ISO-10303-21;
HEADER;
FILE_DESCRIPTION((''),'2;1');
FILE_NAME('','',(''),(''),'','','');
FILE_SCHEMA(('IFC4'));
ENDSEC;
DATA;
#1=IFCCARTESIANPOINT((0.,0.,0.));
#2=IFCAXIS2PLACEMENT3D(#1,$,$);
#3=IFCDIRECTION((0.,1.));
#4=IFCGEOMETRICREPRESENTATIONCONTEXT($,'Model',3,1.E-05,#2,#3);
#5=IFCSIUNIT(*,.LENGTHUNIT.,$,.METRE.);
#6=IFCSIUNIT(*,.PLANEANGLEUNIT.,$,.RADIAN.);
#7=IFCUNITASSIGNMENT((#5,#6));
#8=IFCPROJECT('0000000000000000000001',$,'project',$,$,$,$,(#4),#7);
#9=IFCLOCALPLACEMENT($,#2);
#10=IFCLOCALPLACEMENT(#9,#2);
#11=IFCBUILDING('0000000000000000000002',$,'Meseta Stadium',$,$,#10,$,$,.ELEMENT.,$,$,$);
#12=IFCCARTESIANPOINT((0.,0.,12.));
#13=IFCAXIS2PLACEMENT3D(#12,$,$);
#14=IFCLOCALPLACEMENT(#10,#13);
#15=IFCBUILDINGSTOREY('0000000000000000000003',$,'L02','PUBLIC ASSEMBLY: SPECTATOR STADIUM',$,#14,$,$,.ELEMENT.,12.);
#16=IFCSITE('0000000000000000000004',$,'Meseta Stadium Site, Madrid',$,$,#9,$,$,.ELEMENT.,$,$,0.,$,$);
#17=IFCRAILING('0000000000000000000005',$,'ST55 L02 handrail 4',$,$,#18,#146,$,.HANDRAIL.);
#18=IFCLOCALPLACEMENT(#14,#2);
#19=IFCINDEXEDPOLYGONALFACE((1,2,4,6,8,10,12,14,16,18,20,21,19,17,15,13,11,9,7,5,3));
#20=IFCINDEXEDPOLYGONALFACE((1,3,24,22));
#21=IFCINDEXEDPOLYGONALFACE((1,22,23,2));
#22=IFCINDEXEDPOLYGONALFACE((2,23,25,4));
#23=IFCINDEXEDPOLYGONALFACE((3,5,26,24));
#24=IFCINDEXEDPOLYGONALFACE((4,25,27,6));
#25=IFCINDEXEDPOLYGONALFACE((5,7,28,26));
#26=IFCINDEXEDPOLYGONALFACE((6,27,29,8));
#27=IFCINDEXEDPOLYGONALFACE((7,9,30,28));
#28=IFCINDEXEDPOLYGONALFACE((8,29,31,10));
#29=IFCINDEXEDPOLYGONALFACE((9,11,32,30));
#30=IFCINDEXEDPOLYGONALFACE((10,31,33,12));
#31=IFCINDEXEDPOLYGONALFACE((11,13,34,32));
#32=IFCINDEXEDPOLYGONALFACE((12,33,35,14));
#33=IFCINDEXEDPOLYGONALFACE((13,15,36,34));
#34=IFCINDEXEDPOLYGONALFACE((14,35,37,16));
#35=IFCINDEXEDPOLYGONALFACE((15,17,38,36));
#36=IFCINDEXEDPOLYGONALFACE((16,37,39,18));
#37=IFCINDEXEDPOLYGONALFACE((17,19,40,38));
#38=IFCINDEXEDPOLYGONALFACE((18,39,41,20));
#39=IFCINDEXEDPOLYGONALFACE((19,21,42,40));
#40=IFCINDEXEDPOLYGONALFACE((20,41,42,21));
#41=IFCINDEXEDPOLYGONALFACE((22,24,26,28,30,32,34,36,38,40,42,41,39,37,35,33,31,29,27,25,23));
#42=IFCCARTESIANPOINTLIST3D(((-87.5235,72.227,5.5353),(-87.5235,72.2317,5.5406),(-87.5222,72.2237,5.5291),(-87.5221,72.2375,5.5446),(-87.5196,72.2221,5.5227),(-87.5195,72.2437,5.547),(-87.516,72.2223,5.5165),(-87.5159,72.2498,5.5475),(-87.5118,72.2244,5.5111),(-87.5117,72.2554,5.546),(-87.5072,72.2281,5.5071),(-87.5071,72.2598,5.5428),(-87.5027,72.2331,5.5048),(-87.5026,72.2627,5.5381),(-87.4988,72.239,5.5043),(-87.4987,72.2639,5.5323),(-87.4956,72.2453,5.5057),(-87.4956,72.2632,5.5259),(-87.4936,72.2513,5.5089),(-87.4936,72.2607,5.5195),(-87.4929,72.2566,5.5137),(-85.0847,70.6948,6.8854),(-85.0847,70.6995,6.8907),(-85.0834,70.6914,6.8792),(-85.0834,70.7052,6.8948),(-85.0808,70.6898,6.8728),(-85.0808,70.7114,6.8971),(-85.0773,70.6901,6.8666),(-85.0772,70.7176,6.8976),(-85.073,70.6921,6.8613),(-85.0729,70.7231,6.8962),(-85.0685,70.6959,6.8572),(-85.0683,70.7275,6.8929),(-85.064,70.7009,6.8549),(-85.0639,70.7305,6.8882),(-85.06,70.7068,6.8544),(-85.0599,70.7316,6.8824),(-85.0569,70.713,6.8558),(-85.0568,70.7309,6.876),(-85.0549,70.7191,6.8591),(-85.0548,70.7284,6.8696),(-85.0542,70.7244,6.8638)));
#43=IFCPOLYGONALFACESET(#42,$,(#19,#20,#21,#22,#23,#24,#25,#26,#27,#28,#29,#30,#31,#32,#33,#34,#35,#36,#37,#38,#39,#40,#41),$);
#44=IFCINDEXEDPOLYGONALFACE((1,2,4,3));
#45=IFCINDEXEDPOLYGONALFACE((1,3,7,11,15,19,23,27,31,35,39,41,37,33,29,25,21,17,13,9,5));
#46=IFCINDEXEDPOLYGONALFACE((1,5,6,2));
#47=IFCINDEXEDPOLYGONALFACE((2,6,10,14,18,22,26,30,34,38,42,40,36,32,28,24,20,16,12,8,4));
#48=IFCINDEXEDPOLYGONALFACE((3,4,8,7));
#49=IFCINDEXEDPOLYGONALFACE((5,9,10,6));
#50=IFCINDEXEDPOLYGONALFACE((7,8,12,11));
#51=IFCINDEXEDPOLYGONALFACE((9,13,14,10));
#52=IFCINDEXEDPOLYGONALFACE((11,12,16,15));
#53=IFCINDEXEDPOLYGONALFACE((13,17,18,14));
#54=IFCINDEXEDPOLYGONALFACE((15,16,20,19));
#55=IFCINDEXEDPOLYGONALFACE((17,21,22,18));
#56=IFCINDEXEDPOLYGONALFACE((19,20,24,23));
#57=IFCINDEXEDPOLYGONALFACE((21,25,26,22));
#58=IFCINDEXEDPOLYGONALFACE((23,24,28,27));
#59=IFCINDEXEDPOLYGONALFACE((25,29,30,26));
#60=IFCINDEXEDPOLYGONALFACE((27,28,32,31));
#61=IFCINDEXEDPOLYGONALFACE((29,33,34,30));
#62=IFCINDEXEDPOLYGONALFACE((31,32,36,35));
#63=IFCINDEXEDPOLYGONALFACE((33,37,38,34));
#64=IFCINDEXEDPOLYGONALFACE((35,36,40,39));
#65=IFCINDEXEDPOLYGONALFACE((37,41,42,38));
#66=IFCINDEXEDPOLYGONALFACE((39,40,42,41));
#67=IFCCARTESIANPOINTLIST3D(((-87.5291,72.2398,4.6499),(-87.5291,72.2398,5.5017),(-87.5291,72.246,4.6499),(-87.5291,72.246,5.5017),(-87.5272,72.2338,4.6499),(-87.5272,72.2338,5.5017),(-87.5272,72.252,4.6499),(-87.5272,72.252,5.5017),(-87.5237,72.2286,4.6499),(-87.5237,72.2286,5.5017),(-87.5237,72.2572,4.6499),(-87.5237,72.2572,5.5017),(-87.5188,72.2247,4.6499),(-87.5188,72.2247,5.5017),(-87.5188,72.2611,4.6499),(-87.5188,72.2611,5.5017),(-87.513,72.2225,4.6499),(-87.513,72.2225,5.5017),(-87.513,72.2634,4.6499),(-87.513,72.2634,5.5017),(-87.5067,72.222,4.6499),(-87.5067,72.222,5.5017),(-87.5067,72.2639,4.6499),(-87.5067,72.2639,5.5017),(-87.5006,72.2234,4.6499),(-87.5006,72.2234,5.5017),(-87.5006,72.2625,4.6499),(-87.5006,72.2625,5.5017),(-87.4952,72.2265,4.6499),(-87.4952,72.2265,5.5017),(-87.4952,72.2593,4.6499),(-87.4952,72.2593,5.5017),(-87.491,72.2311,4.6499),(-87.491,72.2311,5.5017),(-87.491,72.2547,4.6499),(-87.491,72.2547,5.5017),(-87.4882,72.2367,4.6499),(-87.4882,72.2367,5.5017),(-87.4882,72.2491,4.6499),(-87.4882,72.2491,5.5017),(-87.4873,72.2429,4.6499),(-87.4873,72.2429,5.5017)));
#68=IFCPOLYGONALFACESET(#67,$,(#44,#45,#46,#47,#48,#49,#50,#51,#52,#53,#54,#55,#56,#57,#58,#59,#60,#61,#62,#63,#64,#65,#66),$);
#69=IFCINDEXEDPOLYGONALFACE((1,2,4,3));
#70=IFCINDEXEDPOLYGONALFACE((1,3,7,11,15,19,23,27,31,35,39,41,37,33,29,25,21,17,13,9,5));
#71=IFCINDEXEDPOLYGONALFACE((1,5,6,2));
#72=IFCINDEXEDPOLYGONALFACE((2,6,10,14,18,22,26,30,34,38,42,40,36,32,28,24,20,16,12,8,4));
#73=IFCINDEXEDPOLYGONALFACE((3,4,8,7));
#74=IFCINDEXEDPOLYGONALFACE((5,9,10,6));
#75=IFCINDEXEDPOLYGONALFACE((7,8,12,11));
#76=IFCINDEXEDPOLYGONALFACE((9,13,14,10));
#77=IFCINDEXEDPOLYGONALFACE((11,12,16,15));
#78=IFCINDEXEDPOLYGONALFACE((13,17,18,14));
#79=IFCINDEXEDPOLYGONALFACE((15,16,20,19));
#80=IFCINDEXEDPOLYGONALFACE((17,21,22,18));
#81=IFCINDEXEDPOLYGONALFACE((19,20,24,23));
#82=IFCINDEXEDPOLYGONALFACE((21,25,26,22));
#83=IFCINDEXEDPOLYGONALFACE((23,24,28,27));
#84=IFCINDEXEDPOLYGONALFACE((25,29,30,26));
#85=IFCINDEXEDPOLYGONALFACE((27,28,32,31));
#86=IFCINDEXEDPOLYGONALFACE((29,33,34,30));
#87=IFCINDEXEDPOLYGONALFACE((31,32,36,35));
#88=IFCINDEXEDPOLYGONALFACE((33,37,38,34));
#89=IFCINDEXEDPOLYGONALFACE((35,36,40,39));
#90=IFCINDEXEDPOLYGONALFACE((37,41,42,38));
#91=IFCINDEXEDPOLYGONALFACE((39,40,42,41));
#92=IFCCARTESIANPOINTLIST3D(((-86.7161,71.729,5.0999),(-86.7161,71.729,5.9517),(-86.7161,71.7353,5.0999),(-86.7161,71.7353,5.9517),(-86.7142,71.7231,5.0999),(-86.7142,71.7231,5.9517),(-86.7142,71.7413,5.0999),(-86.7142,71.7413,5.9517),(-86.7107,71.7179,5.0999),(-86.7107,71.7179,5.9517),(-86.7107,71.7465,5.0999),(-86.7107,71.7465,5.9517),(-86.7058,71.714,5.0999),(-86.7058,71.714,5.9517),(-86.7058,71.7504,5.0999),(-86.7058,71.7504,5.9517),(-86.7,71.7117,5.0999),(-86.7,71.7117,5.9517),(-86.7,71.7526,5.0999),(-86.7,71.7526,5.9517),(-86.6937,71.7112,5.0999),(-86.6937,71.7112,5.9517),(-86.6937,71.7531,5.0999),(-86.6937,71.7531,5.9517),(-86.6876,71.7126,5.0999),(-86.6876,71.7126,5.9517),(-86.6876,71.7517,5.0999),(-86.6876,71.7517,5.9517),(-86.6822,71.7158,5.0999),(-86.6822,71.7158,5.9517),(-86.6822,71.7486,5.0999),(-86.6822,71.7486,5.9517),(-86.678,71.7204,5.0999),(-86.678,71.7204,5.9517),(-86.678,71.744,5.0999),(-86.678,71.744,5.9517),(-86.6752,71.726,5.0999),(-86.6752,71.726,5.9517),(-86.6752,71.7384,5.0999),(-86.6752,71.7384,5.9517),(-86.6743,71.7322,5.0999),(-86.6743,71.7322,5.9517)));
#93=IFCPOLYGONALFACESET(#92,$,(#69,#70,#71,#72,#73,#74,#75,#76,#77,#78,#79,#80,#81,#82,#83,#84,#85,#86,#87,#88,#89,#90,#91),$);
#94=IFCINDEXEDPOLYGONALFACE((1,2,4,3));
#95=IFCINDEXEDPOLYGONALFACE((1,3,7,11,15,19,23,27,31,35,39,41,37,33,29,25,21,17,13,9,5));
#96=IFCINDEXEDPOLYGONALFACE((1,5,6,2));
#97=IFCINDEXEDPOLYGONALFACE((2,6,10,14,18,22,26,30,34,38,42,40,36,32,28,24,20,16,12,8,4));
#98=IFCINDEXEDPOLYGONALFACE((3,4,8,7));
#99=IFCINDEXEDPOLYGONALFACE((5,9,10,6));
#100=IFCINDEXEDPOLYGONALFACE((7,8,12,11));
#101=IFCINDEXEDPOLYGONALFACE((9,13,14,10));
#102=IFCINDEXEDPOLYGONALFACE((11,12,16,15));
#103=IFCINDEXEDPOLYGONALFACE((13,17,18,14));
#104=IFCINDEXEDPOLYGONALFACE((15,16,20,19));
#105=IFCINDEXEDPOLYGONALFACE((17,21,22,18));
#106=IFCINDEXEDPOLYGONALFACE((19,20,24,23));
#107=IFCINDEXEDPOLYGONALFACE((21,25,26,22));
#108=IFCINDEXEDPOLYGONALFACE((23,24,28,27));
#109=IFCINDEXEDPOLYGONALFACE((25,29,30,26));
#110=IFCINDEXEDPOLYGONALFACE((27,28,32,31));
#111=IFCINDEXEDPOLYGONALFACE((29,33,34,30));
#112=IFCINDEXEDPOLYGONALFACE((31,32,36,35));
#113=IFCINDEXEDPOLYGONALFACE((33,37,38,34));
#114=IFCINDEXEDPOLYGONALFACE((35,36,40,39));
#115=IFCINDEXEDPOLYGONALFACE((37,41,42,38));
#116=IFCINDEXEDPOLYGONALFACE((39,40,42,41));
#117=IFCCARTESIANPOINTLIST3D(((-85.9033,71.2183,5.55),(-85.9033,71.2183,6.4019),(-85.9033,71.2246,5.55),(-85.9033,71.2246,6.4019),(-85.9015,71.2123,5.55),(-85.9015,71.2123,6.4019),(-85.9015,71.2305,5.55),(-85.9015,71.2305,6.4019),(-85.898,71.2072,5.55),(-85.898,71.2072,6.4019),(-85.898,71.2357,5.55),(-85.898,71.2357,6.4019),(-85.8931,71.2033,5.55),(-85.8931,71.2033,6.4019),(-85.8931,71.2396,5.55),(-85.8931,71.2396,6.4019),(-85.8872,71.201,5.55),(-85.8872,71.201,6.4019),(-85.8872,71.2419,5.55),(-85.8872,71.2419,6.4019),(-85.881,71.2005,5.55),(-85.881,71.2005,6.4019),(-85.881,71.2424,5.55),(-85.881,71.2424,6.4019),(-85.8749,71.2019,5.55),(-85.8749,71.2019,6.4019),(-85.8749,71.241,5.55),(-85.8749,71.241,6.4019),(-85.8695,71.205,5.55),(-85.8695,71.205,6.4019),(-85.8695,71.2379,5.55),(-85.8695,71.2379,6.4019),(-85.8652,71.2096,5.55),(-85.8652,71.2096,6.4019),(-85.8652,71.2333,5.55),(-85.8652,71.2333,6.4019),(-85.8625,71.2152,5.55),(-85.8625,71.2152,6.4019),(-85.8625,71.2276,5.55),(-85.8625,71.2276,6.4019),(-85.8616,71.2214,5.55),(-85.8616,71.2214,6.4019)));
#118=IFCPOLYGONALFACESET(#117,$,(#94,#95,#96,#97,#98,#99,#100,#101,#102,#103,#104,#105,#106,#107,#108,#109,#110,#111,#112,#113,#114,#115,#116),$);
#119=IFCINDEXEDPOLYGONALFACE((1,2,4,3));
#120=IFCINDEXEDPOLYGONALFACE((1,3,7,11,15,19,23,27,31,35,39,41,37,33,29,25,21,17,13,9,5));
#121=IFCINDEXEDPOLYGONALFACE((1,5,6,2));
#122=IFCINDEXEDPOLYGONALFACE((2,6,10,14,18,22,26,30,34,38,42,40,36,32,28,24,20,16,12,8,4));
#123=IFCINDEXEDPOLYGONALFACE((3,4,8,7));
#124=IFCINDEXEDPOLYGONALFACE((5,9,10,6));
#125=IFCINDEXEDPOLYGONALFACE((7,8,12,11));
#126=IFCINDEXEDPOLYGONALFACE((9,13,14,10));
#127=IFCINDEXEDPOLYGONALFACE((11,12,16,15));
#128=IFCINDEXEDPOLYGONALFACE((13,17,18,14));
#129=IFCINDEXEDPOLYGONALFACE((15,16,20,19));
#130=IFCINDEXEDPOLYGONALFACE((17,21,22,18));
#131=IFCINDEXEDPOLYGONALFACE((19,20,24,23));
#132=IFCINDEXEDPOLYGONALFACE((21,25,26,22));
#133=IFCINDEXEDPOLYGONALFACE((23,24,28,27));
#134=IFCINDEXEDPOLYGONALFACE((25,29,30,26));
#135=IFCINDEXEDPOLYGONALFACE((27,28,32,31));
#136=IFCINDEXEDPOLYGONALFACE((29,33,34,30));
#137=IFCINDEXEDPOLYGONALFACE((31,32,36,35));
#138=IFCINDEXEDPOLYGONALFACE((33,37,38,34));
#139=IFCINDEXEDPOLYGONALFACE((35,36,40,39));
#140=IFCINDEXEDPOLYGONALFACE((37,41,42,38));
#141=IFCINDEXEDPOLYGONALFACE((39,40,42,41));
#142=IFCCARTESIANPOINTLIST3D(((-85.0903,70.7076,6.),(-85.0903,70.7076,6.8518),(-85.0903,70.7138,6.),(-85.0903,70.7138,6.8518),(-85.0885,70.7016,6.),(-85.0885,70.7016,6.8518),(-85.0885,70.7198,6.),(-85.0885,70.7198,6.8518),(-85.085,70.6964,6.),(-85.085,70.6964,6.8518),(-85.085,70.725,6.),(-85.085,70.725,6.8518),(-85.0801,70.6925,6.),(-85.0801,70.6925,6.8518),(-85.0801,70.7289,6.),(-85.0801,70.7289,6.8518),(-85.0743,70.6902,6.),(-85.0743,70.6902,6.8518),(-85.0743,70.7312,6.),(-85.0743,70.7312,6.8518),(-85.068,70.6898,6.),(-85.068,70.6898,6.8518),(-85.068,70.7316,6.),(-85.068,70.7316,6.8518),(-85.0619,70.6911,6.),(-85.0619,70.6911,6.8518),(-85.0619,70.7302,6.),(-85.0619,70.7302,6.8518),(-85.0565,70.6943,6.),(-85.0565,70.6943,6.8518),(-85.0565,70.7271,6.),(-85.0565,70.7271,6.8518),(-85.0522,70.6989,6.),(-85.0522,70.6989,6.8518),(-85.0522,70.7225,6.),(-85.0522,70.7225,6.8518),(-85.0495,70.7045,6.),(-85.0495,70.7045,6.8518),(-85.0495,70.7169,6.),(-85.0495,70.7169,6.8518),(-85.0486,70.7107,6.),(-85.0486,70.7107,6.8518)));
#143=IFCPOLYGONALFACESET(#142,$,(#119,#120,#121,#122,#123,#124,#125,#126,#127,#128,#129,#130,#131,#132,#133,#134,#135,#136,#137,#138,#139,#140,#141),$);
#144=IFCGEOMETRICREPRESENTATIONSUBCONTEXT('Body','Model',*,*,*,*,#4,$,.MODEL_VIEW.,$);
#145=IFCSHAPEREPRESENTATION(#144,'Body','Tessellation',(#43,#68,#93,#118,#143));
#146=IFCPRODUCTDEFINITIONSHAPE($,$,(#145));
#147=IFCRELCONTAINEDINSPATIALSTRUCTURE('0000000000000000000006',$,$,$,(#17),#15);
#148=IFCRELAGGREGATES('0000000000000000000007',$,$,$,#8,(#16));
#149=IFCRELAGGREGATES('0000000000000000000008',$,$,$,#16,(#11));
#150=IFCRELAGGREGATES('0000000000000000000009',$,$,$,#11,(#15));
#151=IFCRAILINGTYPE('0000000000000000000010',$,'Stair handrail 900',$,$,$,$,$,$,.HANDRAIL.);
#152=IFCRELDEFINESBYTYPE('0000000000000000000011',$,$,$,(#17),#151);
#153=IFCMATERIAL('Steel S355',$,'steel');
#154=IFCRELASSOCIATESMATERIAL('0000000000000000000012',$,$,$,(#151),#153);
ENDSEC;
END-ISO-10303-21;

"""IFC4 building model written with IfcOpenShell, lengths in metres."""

from ifc_helpers import new_model, si_unit, direction, frame, origin, origin_2d, place, context, subcontext, project, spatial, circle, extrude, material, type_object, element, save


model = new_model("IFC4")

# Units and contexts
model_context = context("Model", 3, precision=1e-05, world=origin(), true_north=direction((0.0, 1.0)))
body_context = subcontext(model_context, "Body", "Model", "MODEL_VIEW")
ifc_project = project(units=[si_unit("LENGTHUNIT", "METRE"), si_unit("PLANEANGLEUNIT", "RADIAN")], contexts=[model_context])

# Site, building, storey
site_placement = place(None, origin())
site = spatial("IfcSite", under=ifc_project, at=site_placement, Name="Meseta Stadium Site, Madrid", CompositionType="ELEMENT", RefElevation=0.0)
building_placement = place(site_placement, origin())
building = spatial("IfcBuilding", under=site, at=building_placement, Name="Meseta Stadium", CompositionType="ELEMENT")
storey_placement = place(building_placement, frame((0.0, 0.0, 12.0)))
storey = spatial("IfcBuildingStorey", under=building, at=storey_placement, Name="L02", Description="PUBLIC ASSEMBLY: SPECTATOR STADIUM", CompositionType="ELEMENT", Elevation=12.0)

# Railing
ifc_material_1 = material(Name="Steel S355", Category="steel")
railing_type_1 = type_object("IfcRailingType", Name="Stair handrail 900", PredefinedType="HANDRAIL", material=ifc_material_1)
for number, where, name in (
    (1, (-87.5083, 72.2429, 4.6499), "ST55 L02 handrail 4"),
):
    element("IfcRailing", number, at=place(storey_placement, frame(where)), inside=storey, type_object=railing_type_1, Name=name, PredefinedType="HANDRAIL", context=body_context, shape_type="SweptSolid", body=[
        extrude(circle(Radius=0.0239, at=origin_2d()), frame((0.0, 0.0, 0.876), z_axis=(0.766687, -0.481703, 0.424445), x_axis=(0.532001, 0.846743, 0.0)), (0.0, 0.0, 1.0), 3.1809),
        extrude(circle(Radius=0.021, at=origin_2d()), origin(), (0.0, 0.0, 1.0), 0.8518),
        extrude(circle(Radius=0.021, at=origin_2d()), frame((0.813, -0.5107, 0.45)), (0.0, 0.0, 1.0), 0.8518),
        extrude(circle(Radius=0.021, at=origin_2d()), frame((1.6257, -1.0215, 0.9001)), (0.0, 0.0, 1.0), 0.8518),
        extrude(circle(Radius=0.021, at=origin_2d()), frame((2.4387, -1.5322, 1.3501)), (0.0, 0.0, 1.0), 0.8518),
    ])

save(model, "model.ifc")
